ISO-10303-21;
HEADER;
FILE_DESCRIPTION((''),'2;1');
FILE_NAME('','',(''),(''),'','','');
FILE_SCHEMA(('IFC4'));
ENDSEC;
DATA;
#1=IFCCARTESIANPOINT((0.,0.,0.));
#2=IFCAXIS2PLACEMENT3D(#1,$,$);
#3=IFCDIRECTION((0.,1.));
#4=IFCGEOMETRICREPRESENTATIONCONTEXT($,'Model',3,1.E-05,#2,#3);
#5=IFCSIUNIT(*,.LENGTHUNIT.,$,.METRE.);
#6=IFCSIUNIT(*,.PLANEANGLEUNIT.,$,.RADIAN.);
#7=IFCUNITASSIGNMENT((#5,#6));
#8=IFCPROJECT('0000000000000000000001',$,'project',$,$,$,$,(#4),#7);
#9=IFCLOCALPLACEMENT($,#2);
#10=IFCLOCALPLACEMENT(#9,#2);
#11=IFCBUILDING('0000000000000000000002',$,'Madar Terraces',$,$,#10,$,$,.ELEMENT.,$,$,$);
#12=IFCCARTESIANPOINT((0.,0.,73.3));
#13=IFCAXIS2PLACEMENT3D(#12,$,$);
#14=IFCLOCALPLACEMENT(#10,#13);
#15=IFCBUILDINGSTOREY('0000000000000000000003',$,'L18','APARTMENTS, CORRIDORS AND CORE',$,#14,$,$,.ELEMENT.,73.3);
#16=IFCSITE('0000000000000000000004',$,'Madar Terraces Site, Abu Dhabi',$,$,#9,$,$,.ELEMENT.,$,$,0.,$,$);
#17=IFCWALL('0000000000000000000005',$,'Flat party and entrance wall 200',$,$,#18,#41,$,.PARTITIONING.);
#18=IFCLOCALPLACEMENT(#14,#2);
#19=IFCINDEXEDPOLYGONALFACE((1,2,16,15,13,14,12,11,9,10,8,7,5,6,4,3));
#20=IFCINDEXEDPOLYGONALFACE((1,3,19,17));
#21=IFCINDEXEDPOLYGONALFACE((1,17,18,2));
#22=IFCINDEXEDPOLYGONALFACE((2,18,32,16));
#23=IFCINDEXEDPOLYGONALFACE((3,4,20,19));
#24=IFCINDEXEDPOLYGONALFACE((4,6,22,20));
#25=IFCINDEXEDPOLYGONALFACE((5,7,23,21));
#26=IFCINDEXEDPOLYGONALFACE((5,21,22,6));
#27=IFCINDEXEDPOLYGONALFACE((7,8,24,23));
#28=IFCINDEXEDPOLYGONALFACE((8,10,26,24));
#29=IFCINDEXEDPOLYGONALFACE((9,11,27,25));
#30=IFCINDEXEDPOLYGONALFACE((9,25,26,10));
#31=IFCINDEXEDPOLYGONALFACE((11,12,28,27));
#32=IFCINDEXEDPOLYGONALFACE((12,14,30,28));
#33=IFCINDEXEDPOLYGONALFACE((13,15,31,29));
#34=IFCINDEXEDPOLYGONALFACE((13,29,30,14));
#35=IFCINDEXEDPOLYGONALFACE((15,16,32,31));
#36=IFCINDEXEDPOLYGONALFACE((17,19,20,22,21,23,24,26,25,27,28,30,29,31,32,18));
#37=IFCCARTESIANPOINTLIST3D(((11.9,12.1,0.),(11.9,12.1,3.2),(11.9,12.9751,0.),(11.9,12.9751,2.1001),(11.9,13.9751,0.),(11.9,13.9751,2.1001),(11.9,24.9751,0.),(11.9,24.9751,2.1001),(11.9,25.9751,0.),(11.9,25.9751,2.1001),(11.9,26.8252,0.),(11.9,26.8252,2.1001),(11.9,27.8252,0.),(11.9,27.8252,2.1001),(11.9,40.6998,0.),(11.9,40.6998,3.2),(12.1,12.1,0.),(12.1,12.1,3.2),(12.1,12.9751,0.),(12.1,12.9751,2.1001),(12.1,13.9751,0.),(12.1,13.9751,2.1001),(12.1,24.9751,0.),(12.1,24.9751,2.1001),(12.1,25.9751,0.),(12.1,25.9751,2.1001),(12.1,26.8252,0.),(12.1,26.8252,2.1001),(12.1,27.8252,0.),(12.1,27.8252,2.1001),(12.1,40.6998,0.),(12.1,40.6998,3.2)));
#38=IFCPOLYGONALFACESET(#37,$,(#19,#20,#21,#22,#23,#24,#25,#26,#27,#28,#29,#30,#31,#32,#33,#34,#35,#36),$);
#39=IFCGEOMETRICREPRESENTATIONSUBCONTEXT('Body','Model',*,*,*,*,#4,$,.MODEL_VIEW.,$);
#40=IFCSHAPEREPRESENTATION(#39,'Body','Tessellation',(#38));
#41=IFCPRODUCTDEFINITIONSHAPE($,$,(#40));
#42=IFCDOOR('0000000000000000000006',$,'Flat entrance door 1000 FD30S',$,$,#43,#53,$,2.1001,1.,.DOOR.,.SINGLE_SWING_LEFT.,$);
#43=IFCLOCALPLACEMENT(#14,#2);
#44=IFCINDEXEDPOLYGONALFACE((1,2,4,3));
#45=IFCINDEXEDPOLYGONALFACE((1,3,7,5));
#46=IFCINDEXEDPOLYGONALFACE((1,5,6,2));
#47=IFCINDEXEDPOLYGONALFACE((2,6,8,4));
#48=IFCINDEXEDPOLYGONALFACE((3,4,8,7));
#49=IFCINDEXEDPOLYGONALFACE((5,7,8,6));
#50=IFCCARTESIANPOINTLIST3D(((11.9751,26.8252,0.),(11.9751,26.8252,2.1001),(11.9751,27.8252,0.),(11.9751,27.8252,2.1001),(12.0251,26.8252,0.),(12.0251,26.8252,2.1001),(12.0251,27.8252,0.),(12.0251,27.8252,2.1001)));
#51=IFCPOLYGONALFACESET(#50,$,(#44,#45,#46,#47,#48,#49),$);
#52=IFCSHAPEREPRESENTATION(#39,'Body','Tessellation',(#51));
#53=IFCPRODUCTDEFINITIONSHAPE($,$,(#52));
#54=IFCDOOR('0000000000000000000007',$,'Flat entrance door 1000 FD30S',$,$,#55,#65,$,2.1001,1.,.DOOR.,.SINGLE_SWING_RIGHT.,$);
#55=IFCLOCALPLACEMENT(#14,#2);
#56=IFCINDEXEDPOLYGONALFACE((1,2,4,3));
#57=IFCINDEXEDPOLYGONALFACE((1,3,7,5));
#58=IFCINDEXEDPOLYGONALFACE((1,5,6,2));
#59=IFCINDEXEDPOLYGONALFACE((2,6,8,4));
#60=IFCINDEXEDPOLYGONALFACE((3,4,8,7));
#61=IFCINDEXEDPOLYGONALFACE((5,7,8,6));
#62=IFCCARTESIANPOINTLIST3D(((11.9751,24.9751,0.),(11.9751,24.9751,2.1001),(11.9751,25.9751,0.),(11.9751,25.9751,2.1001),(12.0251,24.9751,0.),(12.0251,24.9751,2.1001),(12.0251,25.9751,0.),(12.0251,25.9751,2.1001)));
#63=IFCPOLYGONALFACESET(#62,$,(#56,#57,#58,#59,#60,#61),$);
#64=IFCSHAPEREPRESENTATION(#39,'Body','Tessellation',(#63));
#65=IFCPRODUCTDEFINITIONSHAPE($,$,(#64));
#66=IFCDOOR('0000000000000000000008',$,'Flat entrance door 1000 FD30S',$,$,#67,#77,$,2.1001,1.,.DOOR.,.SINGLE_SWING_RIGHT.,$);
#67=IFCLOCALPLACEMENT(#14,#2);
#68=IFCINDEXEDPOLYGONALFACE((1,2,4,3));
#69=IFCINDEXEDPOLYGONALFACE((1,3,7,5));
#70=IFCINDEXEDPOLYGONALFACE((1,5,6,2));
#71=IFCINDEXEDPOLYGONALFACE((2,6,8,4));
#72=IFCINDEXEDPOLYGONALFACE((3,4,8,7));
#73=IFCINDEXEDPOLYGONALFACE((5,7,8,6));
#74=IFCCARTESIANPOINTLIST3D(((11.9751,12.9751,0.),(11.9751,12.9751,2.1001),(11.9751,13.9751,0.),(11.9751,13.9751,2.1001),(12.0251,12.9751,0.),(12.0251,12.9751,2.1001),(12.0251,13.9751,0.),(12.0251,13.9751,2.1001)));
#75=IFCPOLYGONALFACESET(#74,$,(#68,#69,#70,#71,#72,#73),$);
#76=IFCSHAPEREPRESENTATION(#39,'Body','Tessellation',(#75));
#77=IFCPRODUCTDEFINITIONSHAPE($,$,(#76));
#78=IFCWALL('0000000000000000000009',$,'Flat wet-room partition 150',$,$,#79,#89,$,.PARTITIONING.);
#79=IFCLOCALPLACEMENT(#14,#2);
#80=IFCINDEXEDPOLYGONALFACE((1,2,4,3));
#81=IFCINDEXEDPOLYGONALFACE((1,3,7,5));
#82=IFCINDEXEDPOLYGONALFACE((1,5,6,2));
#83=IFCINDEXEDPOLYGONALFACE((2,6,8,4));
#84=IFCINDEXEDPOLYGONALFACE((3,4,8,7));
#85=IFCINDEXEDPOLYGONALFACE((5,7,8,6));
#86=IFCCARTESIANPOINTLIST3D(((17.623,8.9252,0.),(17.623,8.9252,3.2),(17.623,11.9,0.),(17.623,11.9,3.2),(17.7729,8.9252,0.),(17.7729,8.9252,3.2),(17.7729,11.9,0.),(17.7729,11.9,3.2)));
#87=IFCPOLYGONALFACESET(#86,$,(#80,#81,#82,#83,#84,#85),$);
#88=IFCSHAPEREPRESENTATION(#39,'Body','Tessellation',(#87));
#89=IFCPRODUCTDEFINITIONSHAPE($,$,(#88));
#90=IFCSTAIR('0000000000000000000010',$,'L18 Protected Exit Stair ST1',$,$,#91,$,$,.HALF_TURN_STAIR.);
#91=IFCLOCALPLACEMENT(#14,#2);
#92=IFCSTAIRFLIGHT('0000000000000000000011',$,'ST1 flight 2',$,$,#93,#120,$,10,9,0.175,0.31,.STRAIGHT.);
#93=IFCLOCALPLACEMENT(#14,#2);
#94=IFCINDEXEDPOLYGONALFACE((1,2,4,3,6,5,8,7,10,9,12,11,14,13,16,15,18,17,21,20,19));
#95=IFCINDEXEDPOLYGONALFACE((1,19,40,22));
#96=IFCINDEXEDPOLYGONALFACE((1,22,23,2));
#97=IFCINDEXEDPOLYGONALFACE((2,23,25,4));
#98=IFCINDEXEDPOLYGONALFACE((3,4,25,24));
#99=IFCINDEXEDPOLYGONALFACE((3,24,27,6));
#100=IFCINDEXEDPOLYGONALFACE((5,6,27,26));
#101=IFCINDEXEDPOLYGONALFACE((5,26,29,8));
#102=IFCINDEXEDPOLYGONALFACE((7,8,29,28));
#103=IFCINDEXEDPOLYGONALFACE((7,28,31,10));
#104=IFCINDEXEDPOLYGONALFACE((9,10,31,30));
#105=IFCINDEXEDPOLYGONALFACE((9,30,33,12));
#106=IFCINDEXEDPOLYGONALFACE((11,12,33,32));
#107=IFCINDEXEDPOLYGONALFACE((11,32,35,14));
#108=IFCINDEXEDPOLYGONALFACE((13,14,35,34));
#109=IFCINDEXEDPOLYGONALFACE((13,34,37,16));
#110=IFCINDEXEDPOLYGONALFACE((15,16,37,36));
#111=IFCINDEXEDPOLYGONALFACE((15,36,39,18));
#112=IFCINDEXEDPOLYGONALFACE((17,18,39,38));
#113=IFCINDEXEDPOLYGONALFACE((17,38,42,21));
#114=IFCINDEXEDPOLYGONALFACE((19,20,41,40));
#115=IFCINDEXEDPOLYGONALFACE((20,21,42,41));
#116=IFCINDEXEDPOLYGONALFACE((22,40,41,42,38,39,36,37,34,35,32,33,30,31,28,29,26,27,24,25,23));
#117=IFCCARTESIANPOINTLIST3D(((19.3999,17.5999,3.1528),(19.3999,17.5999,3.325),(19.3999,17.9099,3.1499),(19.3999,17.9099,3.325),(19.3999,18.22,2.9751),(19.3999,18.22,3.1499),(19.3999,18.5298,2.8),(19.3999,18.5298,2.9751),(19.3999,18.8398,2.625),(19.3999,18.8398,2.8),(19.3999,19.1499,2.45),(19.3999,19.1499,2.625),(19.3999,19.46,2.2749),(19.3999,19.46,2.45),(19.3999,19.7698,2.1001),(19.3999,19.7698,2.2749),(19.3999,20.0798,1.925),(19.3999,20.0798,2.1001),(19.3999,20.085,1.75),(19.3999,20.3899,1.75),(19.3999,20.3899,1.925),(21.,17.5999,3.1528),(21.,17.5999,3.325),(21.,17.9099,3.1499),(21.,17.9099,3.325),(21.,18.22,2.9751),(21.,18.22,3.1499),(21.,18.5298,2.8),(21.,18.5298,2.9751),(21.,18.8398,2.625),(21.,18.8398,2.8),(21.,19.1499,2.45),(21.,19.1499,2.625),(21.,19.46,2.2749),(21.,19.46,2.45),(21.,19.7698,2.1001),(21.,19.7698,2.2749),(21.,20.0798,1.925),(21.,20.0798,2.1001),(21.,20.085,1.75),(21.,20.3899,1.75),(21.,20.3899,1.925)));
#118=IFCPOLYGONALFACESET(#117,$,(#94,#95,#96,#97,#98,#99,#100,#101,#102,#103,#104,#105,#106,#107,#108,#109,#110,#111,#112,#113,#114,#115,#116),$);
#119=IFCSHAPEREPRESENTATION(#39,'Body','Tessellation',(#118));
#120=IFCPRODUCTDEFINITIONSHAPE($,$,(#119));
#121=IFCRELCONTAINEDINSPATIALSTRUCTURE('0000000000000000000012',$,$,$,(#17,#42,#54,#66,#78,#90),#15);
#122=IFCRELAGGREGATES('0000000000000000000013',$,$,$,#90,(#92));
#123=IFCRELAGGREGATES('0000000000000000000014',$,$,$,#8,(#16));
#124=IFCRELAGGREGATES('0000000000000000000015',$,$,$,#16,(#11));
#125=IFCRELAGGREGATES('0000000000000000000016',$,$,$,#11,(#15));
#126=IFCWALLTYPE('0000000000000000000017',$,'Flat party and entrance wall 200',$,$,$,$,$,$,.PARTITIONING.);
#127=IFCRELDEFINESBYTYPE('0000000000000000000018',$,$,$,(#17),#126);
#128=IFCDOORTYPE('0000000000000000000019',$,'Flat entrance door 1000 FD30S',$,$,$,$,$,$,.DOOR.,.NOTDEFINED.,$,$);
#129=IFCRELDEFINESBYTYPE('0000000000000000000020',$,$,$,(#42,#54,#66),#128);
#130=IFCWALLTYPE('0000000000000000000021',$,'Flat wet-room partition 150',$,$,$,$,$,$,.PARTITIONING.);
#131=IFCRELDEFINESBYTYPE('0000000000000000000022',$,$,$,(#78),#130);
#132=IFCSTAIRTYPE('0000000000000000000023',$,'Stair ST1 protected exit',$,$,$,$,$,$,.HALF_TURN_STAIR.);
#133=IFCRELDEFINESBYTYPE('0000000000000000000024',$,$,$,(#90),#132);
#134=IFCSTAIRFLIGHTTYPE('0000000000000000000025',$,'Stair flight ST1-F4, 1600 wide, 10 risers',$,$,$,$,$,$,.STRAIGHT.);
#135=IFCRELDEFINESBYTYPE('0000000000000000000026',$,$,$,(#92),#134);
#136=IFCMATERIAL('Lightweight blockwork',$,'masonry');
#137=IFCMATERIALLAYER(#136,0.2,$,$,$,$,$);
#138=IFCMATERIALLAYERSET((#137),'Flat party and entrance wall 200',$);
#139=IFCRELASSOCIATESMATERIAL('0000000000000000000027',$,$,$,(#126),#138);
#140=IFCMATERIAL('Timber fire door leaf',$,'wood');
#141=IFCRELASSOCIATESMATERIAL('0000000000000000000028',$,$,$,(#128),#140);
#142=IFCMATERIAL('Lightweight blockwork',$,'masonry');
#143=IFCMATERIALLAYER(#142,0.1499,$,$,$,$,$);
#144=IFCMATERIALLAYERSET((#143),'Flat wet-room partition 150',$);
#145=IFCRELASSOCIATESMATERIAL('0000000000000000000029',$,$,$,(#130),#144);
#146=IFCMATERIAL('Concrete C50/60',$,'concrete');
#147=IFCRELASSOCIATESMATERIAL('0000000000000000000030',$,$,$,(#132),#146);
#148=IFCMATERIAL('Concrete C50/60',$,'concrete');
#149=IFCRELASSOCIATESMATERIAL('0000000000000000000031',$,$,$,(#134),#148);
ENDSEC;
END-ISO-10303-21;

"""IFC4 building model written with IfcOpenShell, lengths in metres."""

from ifc_helpers import new_model, si_unit, direction, frame, frame_2d, origin, place, context, subcontext, project, spatial, polyline, rectangle, outline, extrude, material, layer, layer_set, type_object, element, fill, aggregate, save


model = new_model("IFC4")

# Units and contexts
model_context = context("Model", 3, precision=1e-05, world=origin(), true_north=direction((0.0, 1.0)))
body_context = subcontext(model_context, "Body", "Model", "MODEL_VIEW")
ifc_project = project(units=[si_unit("LENGTHUNIT", "METRE"), si_unit("PLANEANGLEUNIT", "RADIAN")], contexts=[model_context])

# Site, building, storey
site_placement = place(None, origin())
site = spatial("IfcSite", under=ifc_project, at=site_placement, Name="Madar Terraces Site, Abu Dhabi", CompositionType="ELEMENT", RefElevation=0.0)
building_placement = place(site_placement, origin())
building = spatial("IfcBuilding", under=site, at=building_placement, Name="Madar Terraces", CompositionType="ELEMENT")
storey_placement = place(building_placement, frame((0.0, 0.0, 73.3)))
storey = spatial("IfcBuildingStorey", under=building, at=storey_placement, Name="L18", Description="APARTMENTS, CORRIDORS AND CORE", CompositionType="ELEMENT", Elevation=73.3)

# Wall, openings, doors
ifc_material_1 = material(Name="Lightweight blockwork", Category="masonry")
ifc_layer_1 = layer(ifc_material_1, 0.2)
ifc_layer_set_1 = layer_set([ifc_layer_1], Name="Flat party and entrance wall 200")
wall_type_1 = type_object("IfcWallType", Name="Flat party and entrance wall 200", PredefinedType="PARTITIONING", material=ifc_layer_set_1)
wall_1_placement = place(storey_placement, frame((12.0, 12.1001, 0.0), z_axis=(0.0, 0.0, 1.0), x_axis=(0.0, 1.0, 0.0)))
wall_1 = element("IfcWall", 1, at=wall_1_placement, inside=storey, type_object=wall_type_1, Name="Flat party and entrance wall 200", PredefinedType="PARTITIONING", context=body_context, shape_type="SweptSolid", body=[
    extrude(rectangle(XDim=28.5999, YDim=0.2, at=frame_2d((14.2998, 0.0))), origin(), (0.0, 0.0, 1.0), 3.2),
])
opening_1_placement = place(wall_1_placement, frame((14.7251, 0.0, 0.0)))
opening_1 = element("IfcOpeningElement", 2, at=opening_1_placement, cuts=wall_1, PredefinedType="OPENING", context=body_context, shape_type="SweptSolid", body=[
    extrude(rectangle(XDim=1.0, YDim=2.1001, at=frame_2d((0.5, 1.05))), frame((0.0, 0.1099, 0.0), z_axis=(0.0, -1.0, 0.0), x_axis=(1.0, 0.0, 0.0)), (0.0, 0.0, 1.0), 0.22),
])
opening_2_placement = place(wall_1_placement, frame((12.875, 0.0, 0.0)))
opening_2 = element("IfcOpeningElement", 3, at=opening_2_placement, cuts=wall_1, PredefinedType="OPENING", context=body_context, shape_type="SweptSolid", body=[
    extrude(rectangle(XDim=1.0, YDim=2.1001, at=frame_2d((0.5, 1.05))), frame((0.0, 0.1099, 0.0), z_axis=(0.0, -1.0, 0.0), x_axis=(1.0, 0.0, 0.0)), (0.0, 0.0, 1.0), 0.22),
])
opening_3_placement = place(wall_1_placement, frame((0.875, 0.0, 0.0)))
opening_3 = element("IfcOpeningElement", 4, at=opening_3_placement, cuts=wall_1, PredefinedType="OPENING", context=body_context, shape_type="SweptSolid", body=[
    extrude(rectangle(XDim=1.0, YDim=2.1001, at=frame_2d((0.5, 1.05))), frame((0.0, 0.1099, 0.0), z_axis=(0.0, -1.0, 0.0), x_axis=(1.0, 0.0, 0.0)), (0.0, 0.0, 1.0), 0.22),
])
ifc_material_2 = material(Name="Timber fire door leaf", Category="wood")
door_type_1 = type_object("IfcDoorType", Name="Flat entrance door 1000 FD30S", OperationType="NOTDEFINED", PredefinedType="DOOR", material=ifc_material_2)
door_1_placement = place(opening_1_placement, origin())
door_1 = element("IfcDoor", 5, at=door_1_placement, inside=storey, type_object=door_type_1, Name="Flat entrance door 1000 FD30S", OperationType="SINGLE_SWING_LEFT", OverallHeight=2.1001, OverallWidth=1.0, PredefinedType="DOOR", context=body_context, shape_type="SweptSolid", body=[
    extrude(rectangle(XDim=1.0, YDim=2.1001, at=frame_2d((0.5, 1.05))), frame((0.0, 0.0249, 0.0), z_axis=(0.0, -1.0, 0.0), x_axis=(1.0, 0.0, 0.0)), (0.0, 0.0, 1.0), 0.05),
])
fill(opening_1, door_1)
door_2_placement = place(opening_2_placement, origin())
door_2 = element("IfcDoor", 6, at=door_2_placement, inside=storey, type_object=door_type_1, Name="Flat entrance door 1000 FD30S", OperationType="SINGLE_SWING_RIGHT", OverallHeight=2.1001, OverallWidth=1.0, PredefinedType="DOOR", context=body_context, shape_type="SweptSolid", body=[
    extrude(rectangle(XDim=1.0, YDim=2.1001, at=frame_2d((0.5, 1.05))), frame((0.0, 0.0249, 0.0), z_axis=(0.0, -1.0, 0.0), x_axis=(1.0, 0.0, 0.0)), (0.0, 0.0, 1.0), 0.05),
])
fill(opening_2, door_2)
door_3_placement = place(opening_3_placement, origin())
door_3 = element("IfcDoor", 7, at=door_3_placement, inside=storey, type_object=door_type_1, Name="Flat entrance door 1000 FD30S", OperationType="SINGLE_SWING_RIGHT", OverallHeight=2.1001, OverallWidth=1.0, PredefinedType="DOOR", context=body_context, shape_type="SweptSolid", body=[
    extrude(rectangle(XDim=1.0, YDim=2.1001, at=frame_2d((0.5, 1.05))), frame((0.0, 0.0249, 0.0), z_axis=(0.0, -1.0, 0.0), x_axis=(1.0, 0.0, 0.0)), (0.0, 0.0, 1.0), 0.05),
])
fill(opening_3, door_3)

# Wall
ifc_material_3 = material(Name="Lightweight blockwork", Category="masonry")
ifc_layer_2 = layer(ifc_material_3, 0.1499)
ifc_layer_set_2 = layer_set([ifc_layer_2], Name="Flat wet-room partition 150")
wall_type_2 = type_object("IfcWallType", Name="Flat wet-room partition 150", PredefinedType="PARTITIONING", material=ifc_layer_set_2)
wall_2_placement = place(storey_placement, frame((17.698, 11.8999, 0.0), z_axis=(0.0, 0.0, 1.0), x_axis=(0.0, -1.0, 0.0)))
element("IfcWall", 8, at=wall_2_placement, inside=storey, type_object=wall_type_2, Name="Flat wet-room partition 150", PredefinedType="PARTITIONING", context=body_context, shape_type="SweptSolid", body=[
    extrude(rectangle(XDim=2.9749, YDim=0.1499, at=frame_2d((1.4873, 0.0))), origin(), (0.0, 0.0, 1.0), 3.2),
])

# Stair, stair flight
ifc_material_4 = material(Name="Concrete C50/60", Category="concrete")
stair_type = type_object("IfcStairType", Name="Stair ST1 protected exit", PredefinedType="HALF_TURN_STAIR", material=ifc_material_4)
stair_placement = place(storey_placement, origin())
stair = element("IfcStair", 9, at=stair_placement, inside=storey, type_object=stair_type, Name="L18 Protected Exit Stair ST1", PredefinedType="HALF_TURN_STAIR")
ifc_material_5 = material(Name="Concrete C50/60", Category="concrete")
stair_flight_type = type_object("IfcStairFlightType", Name="Stair flight ST1-F4, 1600 wide, 10 risers", PredefinedType="STRAIGHT", material=ifc_material_5)
stair_flight_placement = place(storey_placement, frame((20.2, 20.3899, 1.75), z_axis=(0.0, 0.0, 1.0), x_axis=(0.0, -1.0, 0.0)))
stair_flight = element("IfcStairFlight", 10, at=stair_flight_placement, type_object=stair_flight_type, Name="ST1 flight 2", NumberOfRisers=10, NumberOfTreads=9, PredefinedType="STRAIGHT", RiserHeight=0.175, TreadLength=0.31, context=body_context, shape_type="SweptSolid", body=[
    extrude(outline(polyline([(0.0, 0.0), (0.0, 0.175), (0.3101, 0.175), (0.3101, 0.3501), (0.6201, 0.3501), (0.6201, 0.5249), (0.9299, 0.5249), (0.9299, 0.7), (1.24, 0.7), (1.24, 0.875), (1.55, 0.875), (1.55, 1.05), (1.8601, 1.05), (1.8601, 1.2251), (2.1699, 1.2251), (2.1699, 1.3999), (2.48, 1.3999), (2.48, 1.575), (2.79, 1.575), (2.79, 1.75), (2.79, 1.4028), (0.3049, 0.0), (0.0, 0.0)])), frame((0.0, 0.8, 0.0), z_axis=(0.0, -1.0, 0.0), x_axis=(1.0, 0.0, 0.0)), (0.0, 0.0, 1.0), 1.6001),
])
aggregate(stair, [stair_flight])

save(model, "model.ifc")
